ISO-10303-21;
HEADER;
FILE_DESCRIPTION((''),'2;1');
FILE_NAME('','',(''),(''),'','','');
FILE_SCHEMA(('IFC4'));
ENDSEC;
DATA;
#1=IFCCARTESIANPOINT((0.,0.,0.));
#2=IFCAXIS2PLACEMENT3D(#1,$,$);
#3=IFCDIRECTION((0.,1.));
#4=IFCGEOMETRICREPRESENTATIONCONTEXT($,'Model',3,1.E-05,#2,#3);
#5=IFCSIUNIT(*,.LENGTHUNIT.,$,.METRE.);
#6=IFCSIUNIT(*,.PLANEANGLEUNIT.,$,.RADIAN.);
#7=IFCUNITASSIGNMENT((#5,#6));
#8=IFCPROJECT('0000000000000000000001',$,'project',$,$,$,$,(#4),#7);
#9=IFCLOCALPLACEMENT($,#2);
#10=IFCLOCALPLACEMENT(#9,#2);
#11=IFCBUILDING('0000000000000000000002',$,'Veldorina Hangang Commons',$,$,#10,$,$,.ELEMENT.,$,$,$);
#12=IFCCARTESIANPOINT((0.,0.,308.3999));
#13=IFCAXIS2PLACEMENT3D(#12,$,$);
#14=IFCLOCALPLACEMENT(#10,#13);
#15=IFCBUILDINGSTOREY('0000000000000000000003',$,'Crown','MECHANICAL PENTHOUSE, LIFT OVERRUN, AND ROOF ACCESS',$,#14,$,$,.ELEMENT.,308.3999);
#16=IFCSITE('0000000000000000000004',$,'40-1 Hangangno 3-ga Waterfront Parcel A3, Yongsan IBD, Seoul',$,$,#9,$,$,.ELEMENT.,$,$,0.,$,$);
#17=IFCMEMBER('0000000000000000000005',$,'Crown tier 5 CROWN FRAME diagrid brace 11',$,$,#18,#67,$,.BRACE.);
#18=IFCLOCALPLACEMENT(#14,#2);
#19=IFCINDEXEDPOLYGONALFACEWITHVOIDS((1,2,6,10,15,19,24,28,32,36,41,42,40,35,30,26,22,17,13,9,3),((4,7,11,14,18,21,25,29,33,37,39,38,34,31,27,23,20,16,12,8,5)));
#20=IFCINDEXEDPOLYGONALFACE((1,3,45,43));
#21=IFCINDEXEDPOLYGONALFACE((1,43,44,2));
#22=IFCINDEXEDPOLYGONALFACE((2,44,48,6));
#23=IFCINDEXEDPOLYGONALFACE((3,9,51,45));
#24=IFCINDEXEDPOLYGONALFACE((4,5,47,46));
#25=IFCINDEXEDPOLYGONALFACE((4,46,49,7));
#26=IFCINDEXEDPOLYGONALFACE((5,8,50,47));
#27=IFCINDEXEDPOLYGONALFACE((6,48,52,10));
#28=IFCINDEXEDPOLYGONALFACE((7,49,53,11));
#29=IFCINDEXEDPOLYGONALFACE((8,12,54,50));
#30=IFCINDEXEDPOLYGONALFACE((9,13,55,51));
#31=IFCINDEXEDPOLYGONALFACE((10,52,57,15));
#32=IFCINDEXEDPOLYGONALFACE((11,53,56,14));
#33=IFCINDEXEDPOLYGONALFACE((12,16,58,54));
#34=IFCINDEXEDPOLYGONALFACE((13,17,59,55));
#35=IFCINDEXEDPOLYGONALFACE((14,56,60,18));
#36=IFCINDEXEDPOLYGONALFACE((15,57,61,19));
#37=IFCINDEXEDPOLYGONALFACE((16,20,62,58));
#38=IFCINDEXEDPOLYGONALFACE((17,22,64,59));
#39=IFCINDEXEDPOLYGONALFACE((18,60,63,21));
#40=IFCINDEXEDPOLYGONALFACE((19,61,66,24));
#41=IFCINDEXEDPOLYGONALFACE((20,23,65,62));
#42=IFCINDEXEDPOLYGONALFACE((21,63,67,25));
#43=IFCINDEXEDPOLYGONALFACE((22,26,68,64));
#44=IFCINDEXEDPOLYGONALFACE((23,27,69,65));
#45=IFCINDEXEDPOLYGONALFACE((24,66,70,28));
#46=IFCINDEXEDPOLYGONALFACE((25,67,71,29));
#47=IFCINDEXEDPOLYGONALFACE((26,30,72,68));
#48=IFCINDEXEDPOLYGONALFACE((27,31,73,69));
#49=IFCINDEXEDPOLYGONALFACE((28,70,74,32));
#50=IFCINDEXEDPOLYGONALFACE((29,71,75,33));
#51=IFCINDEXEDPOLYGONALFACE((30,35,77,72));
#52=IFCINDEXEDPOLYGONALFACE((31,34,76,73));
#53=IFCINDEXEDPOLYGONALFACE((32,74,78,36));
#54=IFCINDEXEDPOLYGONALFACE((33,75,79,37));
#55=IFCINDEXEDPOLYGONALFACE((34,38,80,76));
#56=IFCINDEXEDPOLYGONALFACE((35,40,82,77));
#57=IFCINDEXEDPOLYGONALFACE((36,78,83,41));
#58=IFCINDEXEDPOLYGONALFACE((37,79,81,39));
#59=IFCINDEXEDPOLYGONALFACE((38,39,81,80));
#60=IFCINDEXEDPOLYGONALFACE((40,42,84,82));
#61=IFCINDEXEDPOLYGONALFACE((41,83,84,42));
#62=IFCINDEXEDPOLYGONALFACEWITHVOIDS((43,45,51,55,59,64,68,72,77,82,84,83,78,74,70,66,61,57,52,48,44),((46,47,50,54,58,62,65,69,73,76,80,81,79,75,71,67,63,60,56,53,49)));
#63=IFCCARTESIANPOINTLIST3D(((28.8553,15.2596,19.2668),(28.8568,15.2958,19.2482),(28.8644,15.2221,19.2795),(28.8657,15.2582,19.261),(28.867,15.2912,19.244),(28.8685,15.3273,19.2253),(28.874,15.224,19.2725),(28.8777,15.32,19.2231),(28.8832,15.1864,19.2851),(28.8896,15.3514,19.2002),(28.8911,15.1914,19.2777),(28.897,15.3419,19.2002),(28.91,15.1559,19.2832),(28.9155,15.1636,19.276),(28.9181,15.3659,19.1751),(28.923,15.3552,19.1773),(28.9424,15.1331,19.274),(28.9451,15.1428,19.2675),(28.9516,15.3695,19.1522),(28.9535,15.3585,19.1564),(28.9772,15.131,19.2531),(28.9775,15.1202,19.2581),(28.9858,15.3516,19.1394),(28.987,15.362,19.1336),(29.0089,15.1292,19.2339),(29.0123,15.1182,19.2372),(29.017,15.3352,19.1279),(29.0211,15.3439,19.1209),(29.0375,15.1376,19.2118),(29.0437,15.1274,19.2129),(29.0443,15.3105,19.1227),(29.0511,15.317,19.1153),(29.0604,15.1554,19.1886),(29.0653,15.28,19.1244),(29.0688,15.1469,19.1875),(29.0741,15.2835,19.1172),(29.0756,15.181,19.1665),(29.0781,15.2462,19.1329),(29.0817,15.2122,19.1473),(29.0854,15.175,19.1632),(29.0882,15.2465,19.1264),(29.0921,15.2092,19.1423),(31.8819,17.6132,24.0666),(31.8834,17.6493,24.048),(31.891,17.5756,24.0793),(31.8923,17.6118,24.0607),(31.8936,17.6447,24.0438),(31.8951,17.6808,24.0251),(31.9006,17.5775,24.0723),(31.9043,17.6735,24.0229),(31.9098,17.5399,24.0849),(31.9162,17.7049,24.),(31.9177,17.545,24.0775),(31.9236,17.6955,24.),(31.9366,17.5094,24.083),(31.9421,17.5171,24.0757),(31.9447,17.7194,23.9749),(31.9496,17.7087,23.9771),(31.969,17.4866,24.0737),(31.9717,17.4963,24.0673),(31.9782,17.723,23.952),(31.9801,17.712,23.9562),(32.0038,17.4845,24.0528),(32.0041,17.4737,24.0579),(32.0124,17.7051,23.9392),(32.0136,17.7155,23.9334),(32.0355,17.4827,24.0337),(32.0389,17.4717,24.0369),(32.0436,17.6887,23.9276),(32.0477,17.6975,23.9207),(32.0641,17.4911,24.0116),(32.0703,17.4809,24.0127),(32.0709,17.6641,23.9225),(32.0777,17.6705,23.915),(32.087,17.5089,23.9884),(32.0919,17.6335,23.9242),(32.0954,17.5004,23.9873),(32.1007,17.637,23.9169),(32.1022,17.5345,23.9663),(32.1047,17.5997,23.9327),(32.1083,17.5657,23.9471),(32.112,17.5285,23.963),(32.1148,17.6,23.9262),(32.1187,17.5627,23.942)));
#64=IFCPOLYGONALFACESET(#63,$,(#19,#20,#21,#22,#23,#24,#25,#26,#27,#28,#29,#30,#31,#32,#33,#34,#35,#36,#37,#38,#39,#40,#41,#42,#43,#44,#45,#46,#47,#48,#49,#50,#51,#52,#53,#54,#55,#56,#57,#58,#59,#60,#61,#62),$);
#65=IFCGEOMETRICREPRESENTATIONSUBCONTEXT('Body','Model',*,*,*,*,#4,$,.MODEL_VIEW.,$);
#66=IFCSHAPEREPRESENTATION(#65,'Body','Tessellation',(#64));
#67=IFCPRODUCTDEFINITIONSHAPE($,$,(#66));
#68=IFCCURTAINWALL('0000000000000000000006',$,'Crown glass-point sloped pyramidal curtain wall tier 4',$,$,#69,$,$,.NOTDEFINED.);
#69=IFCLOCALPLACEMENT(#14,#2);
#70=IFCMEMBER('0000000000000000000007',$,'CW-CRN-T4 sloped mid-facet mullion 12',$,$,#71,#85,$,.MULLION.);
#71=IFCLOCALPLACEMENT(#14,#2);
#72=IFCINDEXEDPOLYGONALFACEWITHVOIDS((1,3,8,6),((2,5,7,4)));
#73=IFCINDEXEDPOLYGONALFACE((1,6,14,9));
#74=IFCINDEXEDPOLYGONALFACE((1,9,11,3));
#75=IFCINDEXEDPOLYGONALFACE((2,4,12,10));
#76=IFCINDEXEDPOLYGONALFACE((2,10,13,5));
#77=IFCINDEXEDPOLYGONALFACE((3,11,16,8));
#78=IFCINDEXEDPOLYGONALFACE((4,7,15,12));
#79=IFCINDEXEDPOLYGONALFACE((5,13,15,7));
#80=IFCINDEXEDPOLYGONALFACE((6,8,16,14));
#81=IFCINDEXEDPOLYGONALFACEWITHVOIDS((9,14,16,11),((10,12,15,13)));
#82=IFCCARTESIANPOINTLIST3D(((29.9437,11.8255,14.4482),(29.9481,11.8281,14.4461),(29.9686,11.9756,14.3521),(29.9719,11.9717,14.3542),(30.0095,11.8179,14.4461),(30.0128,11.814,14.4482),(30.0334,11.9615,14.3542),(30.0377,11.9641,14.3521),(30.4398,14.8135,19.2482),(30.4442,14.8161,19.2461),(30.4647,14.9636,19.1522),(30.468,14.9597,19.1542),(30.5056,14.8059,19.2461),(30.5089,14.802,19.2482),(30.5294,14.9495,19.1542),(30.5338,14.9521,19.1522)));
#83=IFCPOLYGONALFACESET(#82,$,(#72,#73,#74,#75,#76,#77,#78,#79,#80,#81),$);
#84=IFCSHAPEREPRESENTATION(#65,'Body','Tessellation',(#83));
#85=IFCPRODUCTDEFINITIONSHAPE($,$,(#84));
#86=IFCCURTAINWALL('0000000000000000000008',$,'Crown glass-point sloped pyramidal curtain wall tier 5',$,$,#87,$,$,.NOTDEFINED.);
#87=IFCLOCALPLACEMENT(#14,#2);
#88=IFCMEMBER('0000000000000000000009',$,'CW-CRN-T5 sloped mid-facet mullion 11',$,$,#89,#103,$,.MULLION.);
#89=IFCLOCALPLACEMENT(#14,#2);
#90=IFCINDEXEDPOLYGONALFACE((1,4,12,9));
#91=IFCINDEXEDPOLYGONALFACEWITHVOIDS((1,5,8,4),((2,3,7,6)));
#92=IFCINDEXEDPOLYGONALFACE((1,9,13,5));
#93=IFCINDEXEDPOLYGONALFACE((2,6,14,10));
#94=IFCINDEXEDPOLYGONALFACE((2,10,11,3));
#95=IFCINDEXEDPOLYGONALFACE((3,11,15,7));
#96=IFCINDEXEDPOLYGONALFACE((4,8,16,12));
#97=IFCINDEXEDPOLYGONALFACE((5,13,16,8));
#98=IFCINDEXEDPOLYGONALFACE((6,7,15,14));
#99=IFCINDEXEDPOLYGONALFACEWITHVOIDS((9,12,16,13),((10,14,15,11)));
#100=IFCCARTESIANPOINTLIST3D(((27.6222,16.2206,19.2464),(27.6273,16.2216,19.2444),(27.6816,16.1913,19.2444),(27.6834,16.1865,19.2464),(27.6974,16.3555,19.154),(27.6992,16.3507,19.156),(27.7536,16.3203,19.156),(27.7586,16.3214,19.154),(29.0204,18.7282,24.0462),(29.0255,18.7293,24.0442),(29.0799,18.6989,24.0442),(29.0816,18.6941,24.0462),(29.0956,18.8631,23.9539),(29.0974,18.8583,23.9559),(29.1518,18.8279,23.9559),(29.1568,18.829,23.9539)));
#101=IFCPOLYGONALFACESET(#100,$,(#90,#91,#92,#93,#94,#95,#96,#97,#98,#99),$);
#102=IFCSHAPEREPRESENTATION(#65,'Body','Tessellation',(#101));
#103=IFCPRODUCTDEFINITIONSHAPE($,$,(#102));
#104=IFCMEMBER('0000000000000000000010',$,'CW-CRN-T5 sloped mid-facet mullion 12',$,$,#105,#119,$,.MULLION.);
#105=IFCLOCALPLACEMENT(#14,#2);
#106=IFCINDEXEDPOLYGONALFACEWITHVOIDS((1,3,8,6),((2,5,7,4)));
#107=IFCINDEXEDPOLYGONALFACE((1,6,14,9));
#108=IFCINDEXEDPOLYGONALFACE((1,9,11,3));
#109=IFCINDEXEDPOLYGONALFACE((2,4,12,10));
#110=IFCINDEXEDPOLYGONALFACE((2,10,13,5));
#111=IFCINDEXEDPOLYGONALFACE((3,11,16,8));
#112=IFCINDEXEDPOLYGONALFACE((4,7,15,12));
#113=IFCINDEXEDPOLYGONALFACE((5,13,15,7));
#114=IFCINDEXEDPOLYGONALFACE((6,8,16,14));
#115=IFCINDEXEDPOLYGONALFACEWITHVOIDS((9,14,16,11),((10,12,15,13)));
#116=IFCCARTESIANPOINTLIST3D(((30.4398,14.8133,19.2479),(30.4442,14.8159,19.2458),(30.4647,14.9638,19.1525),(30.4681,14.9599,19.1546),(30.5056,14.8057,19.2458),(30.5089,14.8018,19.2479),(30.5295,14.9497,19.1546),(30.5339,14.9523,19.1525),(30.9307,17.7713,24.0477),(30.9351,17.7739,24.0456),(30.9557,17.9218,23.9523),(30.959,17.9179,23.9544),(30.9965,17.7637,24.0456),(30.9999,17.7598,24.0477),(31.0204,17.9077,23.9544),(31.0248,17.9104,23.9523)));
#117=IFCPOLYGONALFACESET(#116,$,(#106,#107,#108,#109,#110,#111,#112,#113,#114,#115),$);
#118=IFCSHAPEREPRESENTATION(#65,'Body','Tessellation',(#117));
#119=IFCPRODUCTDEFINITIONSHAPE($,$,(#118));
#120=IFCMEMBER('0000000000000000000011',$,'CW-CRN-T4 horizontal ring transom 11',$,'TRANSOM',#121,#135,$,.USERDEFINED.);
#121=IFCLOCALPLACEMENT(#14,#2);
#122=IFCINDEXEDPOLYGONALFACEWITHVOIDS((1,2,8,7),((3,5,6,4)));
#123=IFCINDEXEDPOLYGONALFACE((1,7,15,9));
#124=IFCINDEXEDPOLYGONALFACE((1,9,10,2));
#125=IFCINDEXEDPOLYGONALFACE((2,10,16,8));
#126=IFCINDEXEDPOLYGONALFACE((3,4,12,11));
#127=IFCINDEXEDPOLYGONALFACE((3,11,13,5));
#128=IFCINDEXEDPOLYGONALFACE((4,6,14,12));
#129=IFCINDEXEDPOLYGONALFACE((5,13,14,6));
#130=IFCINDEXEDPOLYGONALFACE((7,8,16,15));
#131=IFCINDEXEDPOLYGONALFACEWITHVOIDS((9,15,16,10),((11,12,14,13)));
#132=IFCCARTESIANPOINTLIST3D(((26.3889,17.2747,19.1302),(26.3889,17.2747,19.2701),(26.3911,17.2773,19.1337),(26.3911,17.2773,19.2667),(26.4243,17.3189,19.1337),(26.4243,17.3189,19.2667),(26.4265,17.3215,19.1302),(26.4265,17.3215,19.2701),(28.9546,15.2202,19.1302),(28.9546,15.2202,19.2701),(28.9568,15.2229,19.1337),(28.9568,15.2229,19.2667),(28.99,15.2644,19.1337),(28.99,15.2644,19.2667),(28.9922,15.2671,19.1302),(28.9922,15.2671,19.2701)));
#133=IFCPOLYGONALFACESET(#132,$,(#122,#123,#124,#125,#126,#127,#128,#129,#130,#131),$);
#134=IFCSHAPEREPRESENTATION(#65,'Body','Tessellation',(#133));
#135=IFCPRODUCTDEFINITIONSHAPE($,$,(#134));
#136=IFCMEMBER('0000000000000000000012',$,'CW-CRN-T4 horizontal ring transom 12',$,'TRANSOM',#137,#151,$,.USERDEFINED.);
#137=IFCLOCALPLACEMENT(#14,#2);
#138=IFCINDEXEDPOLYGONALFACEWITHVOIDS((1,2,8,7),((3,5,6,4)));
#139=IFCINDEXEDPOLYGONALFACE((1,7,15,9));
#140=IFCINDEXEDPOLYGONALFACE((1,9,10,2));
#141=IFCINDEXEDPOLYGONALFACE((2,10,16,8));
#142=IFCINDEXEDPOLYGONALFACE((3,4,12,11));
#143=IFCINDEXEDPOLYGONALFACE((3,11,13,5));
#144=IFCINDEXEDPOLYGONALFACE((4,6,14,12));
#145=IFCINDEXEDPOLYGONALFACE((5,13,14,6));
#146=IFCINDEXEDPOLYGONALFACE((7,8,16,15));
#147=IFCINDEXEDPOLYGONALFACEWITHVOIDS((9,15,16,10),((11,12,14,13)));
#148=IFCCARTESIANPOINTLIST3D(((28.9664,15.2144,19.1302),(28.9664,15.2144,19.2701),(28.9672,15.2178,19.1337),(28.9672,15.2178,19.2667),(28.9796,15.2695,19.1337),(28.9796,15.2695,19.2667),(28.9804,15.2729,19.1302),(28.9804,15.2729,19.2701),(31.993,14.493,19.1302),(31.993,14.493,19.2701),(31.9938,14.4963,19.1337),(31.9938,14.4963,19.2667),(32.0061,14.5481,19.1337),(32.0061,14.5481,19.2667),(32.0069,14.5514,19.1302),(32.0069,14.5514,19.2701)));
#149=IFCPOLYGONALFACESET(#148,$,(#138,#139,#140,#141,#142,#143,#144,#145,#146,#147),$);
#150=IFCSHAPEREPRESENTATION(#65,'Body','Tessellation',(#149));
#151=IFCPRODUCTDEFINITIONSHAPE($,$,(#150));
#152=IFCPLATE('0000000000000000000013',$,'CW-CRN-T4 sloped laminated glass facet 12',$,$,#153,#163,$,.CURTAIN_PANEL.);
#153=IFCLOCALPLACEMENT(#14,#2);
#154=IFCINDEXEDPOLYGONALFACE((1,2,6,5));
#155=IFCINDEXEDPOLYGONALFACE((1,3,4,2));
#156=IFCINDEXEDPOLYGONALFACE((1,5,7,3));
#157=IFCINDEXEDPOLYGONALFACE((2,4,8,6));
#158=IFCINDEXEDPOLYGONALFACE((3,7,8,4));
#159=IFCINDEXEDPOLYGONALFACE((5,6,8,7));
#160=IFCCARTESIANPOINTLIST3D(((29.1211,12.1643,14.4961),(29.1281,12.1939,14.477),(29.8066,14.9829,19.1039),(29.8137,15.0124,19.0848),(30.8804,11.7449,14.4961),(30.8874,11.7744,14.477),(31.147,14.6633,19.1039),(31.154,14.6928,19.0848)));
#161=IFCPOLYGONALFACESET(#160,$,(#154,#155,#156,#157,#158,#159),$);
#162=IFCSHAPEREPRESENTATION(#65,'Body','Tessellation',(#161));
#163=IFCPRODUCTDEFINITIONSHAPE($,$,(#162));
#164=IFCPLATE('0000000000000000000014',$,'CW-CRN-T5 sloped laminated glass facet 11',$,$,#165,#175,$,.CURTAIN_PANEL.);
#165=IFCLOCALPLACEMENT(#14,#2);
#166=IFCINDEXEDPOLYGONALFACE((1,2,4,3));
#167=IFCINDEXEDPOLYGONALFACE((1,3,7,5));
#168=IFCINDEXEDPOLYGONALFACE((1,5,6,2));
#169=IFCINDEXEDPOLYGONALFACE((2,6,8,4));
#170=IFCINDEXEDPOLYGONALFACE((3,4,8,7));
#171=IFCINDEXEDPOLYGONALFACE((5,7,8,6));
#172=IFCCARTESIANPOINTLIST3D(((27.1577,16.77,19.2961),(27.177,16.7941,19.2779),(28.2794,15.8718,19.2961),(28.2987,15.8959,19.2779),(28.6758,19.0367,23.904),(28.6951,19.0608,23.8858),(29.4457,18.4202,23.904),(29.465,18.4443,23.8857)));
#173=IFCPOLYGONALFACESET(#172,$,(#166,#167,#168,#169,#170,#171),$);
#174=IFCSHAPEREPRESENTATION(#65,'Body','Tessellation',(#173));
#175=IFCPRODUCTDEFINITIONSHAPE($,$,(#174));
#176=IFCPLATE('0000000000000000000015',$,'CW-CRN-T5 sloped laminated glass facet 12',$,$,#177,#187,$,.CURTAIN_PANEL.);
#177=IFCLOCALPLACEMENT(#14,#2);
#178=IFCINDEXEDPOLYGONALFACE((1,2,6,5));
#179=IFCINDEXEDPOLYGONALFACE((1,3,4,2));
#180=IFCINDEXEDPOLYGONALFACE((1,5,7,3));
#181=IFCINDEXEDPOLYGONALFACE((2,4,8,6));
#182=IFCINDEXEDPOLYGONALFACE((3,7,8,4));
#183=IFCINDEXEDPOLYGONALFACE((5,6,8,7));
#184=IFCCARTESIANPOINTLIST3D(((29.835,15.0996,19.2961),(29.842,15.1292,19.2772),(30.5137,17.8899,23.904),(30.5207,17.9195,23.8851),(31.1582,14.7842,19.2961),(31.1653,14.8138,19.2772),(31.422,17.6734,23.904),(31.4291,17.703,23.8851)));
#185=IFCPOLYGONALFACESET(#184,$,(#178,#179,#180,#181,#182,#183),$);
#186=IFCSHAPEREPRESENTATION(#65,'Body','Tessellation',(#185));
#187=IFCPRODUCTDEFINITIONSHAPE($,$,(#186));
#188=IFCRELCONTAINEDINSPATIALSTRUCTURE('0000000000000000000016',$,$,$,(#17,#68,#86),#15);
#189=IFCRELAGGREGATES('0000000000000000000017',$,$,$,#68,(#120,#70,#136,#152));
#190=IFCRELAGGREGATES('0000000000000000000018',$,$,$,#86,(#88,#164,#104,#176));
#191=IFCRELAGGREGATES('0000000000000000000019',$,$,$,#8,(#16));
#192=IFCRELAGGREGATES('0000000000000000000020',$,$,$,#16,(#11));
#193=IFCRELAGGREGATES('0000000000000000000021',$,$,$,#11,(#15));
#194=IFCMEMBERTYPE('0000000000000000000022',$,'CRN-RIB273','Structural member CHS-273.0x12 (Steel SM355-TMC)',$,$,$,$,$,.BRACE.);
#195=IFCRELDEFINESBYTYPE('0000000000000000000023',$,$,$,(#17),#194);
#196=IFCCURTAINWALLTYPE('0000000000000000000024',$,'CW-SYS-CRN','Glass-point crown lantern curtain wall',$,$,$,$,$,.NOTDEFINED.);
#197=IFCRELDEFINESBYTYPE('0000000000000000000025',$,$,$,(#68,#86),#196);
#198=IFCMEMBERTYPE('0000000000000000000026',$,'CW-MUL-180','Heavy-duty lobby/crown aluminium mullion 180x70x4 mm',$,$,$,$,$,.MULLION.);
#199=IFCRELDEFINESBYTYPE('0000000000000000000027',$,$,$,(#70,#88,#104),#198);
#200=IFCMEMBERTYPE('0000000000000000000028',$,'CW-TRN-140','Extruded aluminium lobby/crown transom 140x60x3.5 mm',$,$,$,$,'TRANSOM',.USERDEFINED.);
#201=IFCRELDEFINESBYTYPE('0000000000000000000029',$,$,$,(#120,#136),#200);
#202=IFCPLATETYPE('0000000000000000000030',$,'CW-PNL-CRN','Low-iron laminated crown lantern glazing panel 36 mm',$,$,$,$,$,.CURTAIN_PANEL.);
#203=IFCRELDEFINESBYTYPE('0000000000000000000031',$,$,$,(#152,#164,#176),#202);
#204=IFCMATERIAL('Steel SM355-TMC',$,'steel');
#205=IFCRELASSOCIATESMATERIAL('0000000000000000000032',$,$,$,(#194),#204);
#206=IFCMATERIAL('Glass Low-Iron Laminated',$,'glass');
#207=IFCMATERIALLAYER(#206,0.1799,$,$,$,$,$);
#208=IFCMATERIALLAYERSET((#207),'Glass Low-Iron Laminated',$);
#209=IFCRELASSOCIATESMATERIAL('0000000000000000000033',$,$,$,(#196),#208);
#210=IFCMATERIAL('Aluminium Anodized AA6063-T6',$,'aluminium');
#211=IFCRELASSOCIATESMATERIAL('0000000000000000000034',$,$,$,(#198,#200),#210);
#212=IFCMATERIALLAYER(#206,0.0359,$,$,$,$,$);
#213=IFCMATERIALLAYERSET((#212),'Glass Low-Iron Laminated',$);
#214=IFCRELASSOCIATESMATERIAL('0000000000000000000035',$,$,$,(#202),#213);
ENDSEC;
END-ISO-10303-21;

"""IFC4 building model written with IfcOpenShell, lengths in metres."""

from ifc_helpers import new_model, si_unit, direction, frame, origin, origin_2d, place, context, subcontext, project, spatial, polyline, hollow_rectangle, hollow_circle, outline, extrude, material, layer, layer_set, material_profile, profile_set, type_object, element, aggregate, save


model = new_model("IFC4")

# Units and contexts
model_context = context("Model", 3, precision=1e-05, world=origin(), true_north=direction((0.0, 1.0)))
body_context = subcontext(model_context, "Body", "Model", "MODEL_VIEW")
ifc_project = project(units=[si_unit("LENGTHUNIT", "METRE"), si_unit("PLANEANGLEUNIT", "RADIAN")], contexts=[model_context])

# Site, building, storey
site_placement = place(None, origin())
site = spatial("IfcSite", under=ifc_project, at=site_placement, Name="40-1 Hangangno 3-ga Waterfront Parcel A3, Yongsan IBD, Seoul", CompositionType="ELEMENT", RefElevation=0.0)
building_placement = place(site_placement, origin())
building = spatial("IfcBuilding", under=site, at=building_placement, Name="Veldorina Hangang Commons", CompositionType="ELEMENT")
storey_placement = place(building_placement, frame((0.0, 0.0, 308.3999)))
storey = spatial("IfcBuildingStorey", under=building, at=storey_placement, Name="Crown", Description="MECHANICAL PENTHOUSE, LIFT OVERRUN, AND ROOF ACCESS", CompositionType="ELEMENT", Elevation=308.3999)

# Member
ifc_material_1 = material(Name="Steel SM355-TMC", Category="steel")
ifc_material_profile_1 = material_profile(ifc_material_1, hollow_circle(Radius=0.1365, WallThickness=0.012, at=origin_2d()), Name="CHS-273.0x12")
ifc_profile_set_1 = profile_set([ifc_material_profile_1], Name="Steel SM355-TMC")
member_type_1 = type_object("IfcMemberType", Name="CRN-RIB273", Description="Structural member CHS-273.0x12 (Steel SM355-TMC)", PredefinedType="BRACE", material=ifc_profile_set_1)
member_1_placement = place(storey_placement, frame((28.9734, 15.2437, 19.2002), z_axis=(0.492686, 0.383116, 0.781334), x_axis=(-0.613857, 0.789417, 0.0)))
element("IfcMember", 1, at=member_1_placement, inside=storey, type_object=member_type_1, Name="Crown tier 5 CROWN FRAME diagrid brace 11", PredefinedType="BRACE", context=body_context, shape_type="SweptSolid", body=[
    extrude(hollow_circle(Radius=0.1365, WallThickness=0.012, at=origin_2d()), origin(), (0.0, 0.0, 1.0), 6.1431),
])

# Curtain wall, member
ifc_material_2 = material(Name="Glass Low-Iron Laminated", Category="glass")
ifc_layer_1 = layer(ifc_material_2, 0.1799)
ifc_layer_set_1 = layer_set([ifc_layer_1], Name="Glass Low-Iron Laminated")
curtain_wall_type = type_object("IfcCurtainWallType", Name="CW-SYS-CRN", Description="Glass-point crown lantern curtain wall", PredefinedType="NOTDEFINED", material=ifc_layer_set_1)
curtain_wall_1_placement = place(storey_placement, origin())
curtain_wall_1 = element("IfcCurtainWall", 2, at=curtain_wall_1_placement, inside=storey, type_object=curtain_wall_type, Name="Crown glass-point sloped pyramidal curtain wall tier 4", PredefinedType="NOTDEFINED")
ifc_material_3 = material(Name="Aluminium Anodized AA6063-T6", Category="aluminium")
ifc_material_profile_2 = material_profile(ifc_material_3, hollow_rectangle(XDim=0.0701, YDim=0.1799, WallThickness=0.0039, at=origin_2d()), Name="ALU-RHS-180x70x4")
ifc_profile_set_2 = profile_set([ifc_material_profile_2], Name="Aluminium Anodized AA6063-T6")
member_type_2 = type_object("IfcMemberType", Name="CW-MUL-180", Description="Heavy-duty lobby/crown aluminium mullion 180x70x4 mm", PredefinedType="MULLION", material=ifc_profile_set_2)
member_2_placement = place(storey_placement, frame((29.9907, 11.8948, 14.4001), z_axis=(0.087405, 0.52645, 0.845701), x_axis=(-0.986496, 0.163785, 0.0)))
member_2 = element("IfcMember", 3, at=member_2_placement, type_object=member_type_2, Name="CW-CRN-T4 sloped mid-facet mullion 12", PredefinedType="MULLION", context=body_context, shape_type="SweptSolid", body=[
    extrude(hollow_rectangle(XDim=0.0701, YDim=0.1799, WallThickness=0.0039, at=origin_2d()), origin(), (0.0, 0.0, 1.0), 5.6758),
])

# Curtain wall, members
curtain_wall_2_placement = place(storey_placement, origin())
curtain_wall_2 = element("IfcCurtainWall", 4, at=curtain_wall_2_placement, inside=storey, type_object=curtain_wall_type, Name="Crown glass-point sloped pyramidal curtain wall tier 5", PredefinedType="NOTDEFINED")
member_3_placement = place(storey_placement, frame((27.6904, 16.271, 19.2002), z_axis=(0.249993, 0.448345, 0.85819), x_axis=(-0.873402, 0.487, 0.0)))
member_3 = element("IfcMember", 5, at=member_3_placement, type_object=member_type_2, Name="CW-CRN-T5 sloped mid-facet mullion 11", PredefinedType="MULLION", context=body_context, shape_type="SweptSolid", body=[
    extrude(hollow_rectangle(XDim=0.0701, YDim=0.1799, WallThickness=0.0039, at=origin_2d()), origin(), (0.0, 0.0, 1.0), 5.593),
])
member_4_placement = place(storey_placement, frame((30.4868, 14.8828, 19.2002), z_axis=(0.086752, 0.52267, 0.84811), x_axis=(-0.986504, 0.163739, 0.0)))
member_4 = element("IfcMember", 6, at=member_4_placement, type_object=member_type_2, Name="CW-CRN-T5 sloped mid-facet mullion 12", PredefinedType="MULLION", context=body_context, shape_type="SweptSolid", body=[
    extrude(hollow_rectangle(XDim=0.0701, YDim=0.1799, WallThickness=0.0039, at=origin_2d()), origin(), (0.0, 0.0, 1.0), 5.6594),
])

# Members
ifc_material_profile_3 = material_profile(ifc_material_3, hollow_rectangle(XDim=0.0601, YDim=0.1399, WallThickness=0.0034, at=origin_2d()), Name="ALU-RHS-140x60x3.5")
ifc_profile_set_3 = profile_set([ifc_material_profile_3], Name="Aluminium Anodized AA6063-T6")
member_type_3 = type_object("IfcMemberType", Name="CW-TRN-140", Description="Extruded aluminium lobby/crown transom 140x60x3.5 mm", ElementType="TRANSOM", PredefinedType="USERDEFINED", material=ifc_profile_set_3)
member_5_placement = place(storey_placement, frame((26.4077, 17.2981, 19.2002), z_axis=(0.780586, -0.625048, 0.0), x_axis=(0.625048, 0.780586, 0.0)))
member_5 = element("IfcMember", 7, at=member_5_placement, type_object=member_type_3, Name="CW-CRN-T4 horizontal ring transom 11", ObjectType="TRANSOM", PredefinedType="USERDEFINED", context=body_context, shape_type="SweptSolid", body=[
    extrude(hollow_rectangle(XDim=0.0601, YDim=0.1399, WallThickness=0.0034, at=origin_2d()), origin(), (0.0, 0.0, 1.0), 3.2869),
])
member_6_placement = place(storey_placement, frame((28.9734, 15.2437, 19.2002), z_axis=(0.972747, -0.231868, 0.0), x_axis=(0.231868, 0.972747, 0.0)))
member_6 = element("IfcMember", 8, at=member_6_placement, type_object=member_type_3, Name="CW-CRN-T4 horizontal ring transom 12", ObjectType="TRANSOM", PredefinedType="USERDEFINED", context=body_context, shape_type="SweptSolid", body=[
    extrude(hollow_rectangle(XDim=0.0601, YDim=0.1399, WallThickness=0.0034, at=origin_2d()), origin(), (0.0, 0.0, 1.0), 3.1113),
])

# Plates
ifc_layer_2 = layer(ifc_material_2, 0.0359)
ifc_layer_set_2 = layer_set([ifc_layer_2], Name="Glass Low-Iron Laminated")
plate_type_1 = type_object("IfcPlateType", Name="CW-PNL-CRN", Description="Low-iron laminated crown lantern glazing panel 36 mm", PredefinedType="CURTAIN_PANEL", material=ifc_layer_set_2)
plate_1_placement = place(storey_placement, frame((29.1211, 12.1643, 14.4961), z_axis=(-0.19627, -0.823204, 0.532741), x_axis=(0.972735, -0.231919, 0.000004)))
plate_1 = element("IfcPlate", 9, at=plate_1_placement, type_object=plate_type_1, Name="CW-CRN-T4 sloped laminated glass facet 12", PredefinedType="CURTAIN_PANEL", context=body_context, shape_type="SweptSolid", body=[
    extrude(outline(polyline([(0.0, 0.0), (1.8086, 0.0), (1.3911, 5.4448), (0.0132, 5.4448), (0.0, 0.0)])), origin(), (0.0, 0.0, -1.0), 0.0359),
])
aggregate(curtain_wall_1, [member_5, member_2, member_6, plate_1])
plate_2_placement = place(storey_placement, frame((27.1577, 16.77, 19.2961), z_axis=(-0.538349, -0.672329, 0.508089), x_axis=(0.780583, -0.625052, -0.000028)))
plate_2 = element("IfcPlate", 10, at=plate_2_placement, type_object=plate_type_1, Name="CW-CRN-T5 sloped laminated glass facet 11", PredefinedType="CURTAIN_PANEL", context=body_context, shape_type="SweptSolid", body=[
    extrude(outline(polyline([(0.0, 0.0), (1.437, 0.0), (0.7544, 5.3499), (-0.2319, 5.3499), (0.0, 0.0)])), origin(), (0.0, 0.0, -1.0), 0.0359),
])
plate_3_placement = place(storey_placement, frame((29.835, 15.0996, 19.2961), z_axis=(-0.196793, -0.825556, 0.528895), x_axis=(0.972745, -0.231879, 0.0)))
plate_3 = element("IfcPlate", 11, at=plate_3_placement, type_object=plate_type_1, Name="CW-CRN-T5 sloped laminated glass facet 12", PredefinedType="CURTAIN_PANEL", context=body_context, shape_type="SweptSolid", body=[
    extrude(outline(polyline([(0.0, 0.0), (1.3604, 0.0), (0.947, 5.4294), (0.0132, 5.4294), (0.0, 0.0)])), origin(), (0.0, 0.0, -1.0), 0.0359),
])
aggregate(curtain_wall_2, [member_3, plate_2, member_4, plate_3])

save(model, "model.ifc")
